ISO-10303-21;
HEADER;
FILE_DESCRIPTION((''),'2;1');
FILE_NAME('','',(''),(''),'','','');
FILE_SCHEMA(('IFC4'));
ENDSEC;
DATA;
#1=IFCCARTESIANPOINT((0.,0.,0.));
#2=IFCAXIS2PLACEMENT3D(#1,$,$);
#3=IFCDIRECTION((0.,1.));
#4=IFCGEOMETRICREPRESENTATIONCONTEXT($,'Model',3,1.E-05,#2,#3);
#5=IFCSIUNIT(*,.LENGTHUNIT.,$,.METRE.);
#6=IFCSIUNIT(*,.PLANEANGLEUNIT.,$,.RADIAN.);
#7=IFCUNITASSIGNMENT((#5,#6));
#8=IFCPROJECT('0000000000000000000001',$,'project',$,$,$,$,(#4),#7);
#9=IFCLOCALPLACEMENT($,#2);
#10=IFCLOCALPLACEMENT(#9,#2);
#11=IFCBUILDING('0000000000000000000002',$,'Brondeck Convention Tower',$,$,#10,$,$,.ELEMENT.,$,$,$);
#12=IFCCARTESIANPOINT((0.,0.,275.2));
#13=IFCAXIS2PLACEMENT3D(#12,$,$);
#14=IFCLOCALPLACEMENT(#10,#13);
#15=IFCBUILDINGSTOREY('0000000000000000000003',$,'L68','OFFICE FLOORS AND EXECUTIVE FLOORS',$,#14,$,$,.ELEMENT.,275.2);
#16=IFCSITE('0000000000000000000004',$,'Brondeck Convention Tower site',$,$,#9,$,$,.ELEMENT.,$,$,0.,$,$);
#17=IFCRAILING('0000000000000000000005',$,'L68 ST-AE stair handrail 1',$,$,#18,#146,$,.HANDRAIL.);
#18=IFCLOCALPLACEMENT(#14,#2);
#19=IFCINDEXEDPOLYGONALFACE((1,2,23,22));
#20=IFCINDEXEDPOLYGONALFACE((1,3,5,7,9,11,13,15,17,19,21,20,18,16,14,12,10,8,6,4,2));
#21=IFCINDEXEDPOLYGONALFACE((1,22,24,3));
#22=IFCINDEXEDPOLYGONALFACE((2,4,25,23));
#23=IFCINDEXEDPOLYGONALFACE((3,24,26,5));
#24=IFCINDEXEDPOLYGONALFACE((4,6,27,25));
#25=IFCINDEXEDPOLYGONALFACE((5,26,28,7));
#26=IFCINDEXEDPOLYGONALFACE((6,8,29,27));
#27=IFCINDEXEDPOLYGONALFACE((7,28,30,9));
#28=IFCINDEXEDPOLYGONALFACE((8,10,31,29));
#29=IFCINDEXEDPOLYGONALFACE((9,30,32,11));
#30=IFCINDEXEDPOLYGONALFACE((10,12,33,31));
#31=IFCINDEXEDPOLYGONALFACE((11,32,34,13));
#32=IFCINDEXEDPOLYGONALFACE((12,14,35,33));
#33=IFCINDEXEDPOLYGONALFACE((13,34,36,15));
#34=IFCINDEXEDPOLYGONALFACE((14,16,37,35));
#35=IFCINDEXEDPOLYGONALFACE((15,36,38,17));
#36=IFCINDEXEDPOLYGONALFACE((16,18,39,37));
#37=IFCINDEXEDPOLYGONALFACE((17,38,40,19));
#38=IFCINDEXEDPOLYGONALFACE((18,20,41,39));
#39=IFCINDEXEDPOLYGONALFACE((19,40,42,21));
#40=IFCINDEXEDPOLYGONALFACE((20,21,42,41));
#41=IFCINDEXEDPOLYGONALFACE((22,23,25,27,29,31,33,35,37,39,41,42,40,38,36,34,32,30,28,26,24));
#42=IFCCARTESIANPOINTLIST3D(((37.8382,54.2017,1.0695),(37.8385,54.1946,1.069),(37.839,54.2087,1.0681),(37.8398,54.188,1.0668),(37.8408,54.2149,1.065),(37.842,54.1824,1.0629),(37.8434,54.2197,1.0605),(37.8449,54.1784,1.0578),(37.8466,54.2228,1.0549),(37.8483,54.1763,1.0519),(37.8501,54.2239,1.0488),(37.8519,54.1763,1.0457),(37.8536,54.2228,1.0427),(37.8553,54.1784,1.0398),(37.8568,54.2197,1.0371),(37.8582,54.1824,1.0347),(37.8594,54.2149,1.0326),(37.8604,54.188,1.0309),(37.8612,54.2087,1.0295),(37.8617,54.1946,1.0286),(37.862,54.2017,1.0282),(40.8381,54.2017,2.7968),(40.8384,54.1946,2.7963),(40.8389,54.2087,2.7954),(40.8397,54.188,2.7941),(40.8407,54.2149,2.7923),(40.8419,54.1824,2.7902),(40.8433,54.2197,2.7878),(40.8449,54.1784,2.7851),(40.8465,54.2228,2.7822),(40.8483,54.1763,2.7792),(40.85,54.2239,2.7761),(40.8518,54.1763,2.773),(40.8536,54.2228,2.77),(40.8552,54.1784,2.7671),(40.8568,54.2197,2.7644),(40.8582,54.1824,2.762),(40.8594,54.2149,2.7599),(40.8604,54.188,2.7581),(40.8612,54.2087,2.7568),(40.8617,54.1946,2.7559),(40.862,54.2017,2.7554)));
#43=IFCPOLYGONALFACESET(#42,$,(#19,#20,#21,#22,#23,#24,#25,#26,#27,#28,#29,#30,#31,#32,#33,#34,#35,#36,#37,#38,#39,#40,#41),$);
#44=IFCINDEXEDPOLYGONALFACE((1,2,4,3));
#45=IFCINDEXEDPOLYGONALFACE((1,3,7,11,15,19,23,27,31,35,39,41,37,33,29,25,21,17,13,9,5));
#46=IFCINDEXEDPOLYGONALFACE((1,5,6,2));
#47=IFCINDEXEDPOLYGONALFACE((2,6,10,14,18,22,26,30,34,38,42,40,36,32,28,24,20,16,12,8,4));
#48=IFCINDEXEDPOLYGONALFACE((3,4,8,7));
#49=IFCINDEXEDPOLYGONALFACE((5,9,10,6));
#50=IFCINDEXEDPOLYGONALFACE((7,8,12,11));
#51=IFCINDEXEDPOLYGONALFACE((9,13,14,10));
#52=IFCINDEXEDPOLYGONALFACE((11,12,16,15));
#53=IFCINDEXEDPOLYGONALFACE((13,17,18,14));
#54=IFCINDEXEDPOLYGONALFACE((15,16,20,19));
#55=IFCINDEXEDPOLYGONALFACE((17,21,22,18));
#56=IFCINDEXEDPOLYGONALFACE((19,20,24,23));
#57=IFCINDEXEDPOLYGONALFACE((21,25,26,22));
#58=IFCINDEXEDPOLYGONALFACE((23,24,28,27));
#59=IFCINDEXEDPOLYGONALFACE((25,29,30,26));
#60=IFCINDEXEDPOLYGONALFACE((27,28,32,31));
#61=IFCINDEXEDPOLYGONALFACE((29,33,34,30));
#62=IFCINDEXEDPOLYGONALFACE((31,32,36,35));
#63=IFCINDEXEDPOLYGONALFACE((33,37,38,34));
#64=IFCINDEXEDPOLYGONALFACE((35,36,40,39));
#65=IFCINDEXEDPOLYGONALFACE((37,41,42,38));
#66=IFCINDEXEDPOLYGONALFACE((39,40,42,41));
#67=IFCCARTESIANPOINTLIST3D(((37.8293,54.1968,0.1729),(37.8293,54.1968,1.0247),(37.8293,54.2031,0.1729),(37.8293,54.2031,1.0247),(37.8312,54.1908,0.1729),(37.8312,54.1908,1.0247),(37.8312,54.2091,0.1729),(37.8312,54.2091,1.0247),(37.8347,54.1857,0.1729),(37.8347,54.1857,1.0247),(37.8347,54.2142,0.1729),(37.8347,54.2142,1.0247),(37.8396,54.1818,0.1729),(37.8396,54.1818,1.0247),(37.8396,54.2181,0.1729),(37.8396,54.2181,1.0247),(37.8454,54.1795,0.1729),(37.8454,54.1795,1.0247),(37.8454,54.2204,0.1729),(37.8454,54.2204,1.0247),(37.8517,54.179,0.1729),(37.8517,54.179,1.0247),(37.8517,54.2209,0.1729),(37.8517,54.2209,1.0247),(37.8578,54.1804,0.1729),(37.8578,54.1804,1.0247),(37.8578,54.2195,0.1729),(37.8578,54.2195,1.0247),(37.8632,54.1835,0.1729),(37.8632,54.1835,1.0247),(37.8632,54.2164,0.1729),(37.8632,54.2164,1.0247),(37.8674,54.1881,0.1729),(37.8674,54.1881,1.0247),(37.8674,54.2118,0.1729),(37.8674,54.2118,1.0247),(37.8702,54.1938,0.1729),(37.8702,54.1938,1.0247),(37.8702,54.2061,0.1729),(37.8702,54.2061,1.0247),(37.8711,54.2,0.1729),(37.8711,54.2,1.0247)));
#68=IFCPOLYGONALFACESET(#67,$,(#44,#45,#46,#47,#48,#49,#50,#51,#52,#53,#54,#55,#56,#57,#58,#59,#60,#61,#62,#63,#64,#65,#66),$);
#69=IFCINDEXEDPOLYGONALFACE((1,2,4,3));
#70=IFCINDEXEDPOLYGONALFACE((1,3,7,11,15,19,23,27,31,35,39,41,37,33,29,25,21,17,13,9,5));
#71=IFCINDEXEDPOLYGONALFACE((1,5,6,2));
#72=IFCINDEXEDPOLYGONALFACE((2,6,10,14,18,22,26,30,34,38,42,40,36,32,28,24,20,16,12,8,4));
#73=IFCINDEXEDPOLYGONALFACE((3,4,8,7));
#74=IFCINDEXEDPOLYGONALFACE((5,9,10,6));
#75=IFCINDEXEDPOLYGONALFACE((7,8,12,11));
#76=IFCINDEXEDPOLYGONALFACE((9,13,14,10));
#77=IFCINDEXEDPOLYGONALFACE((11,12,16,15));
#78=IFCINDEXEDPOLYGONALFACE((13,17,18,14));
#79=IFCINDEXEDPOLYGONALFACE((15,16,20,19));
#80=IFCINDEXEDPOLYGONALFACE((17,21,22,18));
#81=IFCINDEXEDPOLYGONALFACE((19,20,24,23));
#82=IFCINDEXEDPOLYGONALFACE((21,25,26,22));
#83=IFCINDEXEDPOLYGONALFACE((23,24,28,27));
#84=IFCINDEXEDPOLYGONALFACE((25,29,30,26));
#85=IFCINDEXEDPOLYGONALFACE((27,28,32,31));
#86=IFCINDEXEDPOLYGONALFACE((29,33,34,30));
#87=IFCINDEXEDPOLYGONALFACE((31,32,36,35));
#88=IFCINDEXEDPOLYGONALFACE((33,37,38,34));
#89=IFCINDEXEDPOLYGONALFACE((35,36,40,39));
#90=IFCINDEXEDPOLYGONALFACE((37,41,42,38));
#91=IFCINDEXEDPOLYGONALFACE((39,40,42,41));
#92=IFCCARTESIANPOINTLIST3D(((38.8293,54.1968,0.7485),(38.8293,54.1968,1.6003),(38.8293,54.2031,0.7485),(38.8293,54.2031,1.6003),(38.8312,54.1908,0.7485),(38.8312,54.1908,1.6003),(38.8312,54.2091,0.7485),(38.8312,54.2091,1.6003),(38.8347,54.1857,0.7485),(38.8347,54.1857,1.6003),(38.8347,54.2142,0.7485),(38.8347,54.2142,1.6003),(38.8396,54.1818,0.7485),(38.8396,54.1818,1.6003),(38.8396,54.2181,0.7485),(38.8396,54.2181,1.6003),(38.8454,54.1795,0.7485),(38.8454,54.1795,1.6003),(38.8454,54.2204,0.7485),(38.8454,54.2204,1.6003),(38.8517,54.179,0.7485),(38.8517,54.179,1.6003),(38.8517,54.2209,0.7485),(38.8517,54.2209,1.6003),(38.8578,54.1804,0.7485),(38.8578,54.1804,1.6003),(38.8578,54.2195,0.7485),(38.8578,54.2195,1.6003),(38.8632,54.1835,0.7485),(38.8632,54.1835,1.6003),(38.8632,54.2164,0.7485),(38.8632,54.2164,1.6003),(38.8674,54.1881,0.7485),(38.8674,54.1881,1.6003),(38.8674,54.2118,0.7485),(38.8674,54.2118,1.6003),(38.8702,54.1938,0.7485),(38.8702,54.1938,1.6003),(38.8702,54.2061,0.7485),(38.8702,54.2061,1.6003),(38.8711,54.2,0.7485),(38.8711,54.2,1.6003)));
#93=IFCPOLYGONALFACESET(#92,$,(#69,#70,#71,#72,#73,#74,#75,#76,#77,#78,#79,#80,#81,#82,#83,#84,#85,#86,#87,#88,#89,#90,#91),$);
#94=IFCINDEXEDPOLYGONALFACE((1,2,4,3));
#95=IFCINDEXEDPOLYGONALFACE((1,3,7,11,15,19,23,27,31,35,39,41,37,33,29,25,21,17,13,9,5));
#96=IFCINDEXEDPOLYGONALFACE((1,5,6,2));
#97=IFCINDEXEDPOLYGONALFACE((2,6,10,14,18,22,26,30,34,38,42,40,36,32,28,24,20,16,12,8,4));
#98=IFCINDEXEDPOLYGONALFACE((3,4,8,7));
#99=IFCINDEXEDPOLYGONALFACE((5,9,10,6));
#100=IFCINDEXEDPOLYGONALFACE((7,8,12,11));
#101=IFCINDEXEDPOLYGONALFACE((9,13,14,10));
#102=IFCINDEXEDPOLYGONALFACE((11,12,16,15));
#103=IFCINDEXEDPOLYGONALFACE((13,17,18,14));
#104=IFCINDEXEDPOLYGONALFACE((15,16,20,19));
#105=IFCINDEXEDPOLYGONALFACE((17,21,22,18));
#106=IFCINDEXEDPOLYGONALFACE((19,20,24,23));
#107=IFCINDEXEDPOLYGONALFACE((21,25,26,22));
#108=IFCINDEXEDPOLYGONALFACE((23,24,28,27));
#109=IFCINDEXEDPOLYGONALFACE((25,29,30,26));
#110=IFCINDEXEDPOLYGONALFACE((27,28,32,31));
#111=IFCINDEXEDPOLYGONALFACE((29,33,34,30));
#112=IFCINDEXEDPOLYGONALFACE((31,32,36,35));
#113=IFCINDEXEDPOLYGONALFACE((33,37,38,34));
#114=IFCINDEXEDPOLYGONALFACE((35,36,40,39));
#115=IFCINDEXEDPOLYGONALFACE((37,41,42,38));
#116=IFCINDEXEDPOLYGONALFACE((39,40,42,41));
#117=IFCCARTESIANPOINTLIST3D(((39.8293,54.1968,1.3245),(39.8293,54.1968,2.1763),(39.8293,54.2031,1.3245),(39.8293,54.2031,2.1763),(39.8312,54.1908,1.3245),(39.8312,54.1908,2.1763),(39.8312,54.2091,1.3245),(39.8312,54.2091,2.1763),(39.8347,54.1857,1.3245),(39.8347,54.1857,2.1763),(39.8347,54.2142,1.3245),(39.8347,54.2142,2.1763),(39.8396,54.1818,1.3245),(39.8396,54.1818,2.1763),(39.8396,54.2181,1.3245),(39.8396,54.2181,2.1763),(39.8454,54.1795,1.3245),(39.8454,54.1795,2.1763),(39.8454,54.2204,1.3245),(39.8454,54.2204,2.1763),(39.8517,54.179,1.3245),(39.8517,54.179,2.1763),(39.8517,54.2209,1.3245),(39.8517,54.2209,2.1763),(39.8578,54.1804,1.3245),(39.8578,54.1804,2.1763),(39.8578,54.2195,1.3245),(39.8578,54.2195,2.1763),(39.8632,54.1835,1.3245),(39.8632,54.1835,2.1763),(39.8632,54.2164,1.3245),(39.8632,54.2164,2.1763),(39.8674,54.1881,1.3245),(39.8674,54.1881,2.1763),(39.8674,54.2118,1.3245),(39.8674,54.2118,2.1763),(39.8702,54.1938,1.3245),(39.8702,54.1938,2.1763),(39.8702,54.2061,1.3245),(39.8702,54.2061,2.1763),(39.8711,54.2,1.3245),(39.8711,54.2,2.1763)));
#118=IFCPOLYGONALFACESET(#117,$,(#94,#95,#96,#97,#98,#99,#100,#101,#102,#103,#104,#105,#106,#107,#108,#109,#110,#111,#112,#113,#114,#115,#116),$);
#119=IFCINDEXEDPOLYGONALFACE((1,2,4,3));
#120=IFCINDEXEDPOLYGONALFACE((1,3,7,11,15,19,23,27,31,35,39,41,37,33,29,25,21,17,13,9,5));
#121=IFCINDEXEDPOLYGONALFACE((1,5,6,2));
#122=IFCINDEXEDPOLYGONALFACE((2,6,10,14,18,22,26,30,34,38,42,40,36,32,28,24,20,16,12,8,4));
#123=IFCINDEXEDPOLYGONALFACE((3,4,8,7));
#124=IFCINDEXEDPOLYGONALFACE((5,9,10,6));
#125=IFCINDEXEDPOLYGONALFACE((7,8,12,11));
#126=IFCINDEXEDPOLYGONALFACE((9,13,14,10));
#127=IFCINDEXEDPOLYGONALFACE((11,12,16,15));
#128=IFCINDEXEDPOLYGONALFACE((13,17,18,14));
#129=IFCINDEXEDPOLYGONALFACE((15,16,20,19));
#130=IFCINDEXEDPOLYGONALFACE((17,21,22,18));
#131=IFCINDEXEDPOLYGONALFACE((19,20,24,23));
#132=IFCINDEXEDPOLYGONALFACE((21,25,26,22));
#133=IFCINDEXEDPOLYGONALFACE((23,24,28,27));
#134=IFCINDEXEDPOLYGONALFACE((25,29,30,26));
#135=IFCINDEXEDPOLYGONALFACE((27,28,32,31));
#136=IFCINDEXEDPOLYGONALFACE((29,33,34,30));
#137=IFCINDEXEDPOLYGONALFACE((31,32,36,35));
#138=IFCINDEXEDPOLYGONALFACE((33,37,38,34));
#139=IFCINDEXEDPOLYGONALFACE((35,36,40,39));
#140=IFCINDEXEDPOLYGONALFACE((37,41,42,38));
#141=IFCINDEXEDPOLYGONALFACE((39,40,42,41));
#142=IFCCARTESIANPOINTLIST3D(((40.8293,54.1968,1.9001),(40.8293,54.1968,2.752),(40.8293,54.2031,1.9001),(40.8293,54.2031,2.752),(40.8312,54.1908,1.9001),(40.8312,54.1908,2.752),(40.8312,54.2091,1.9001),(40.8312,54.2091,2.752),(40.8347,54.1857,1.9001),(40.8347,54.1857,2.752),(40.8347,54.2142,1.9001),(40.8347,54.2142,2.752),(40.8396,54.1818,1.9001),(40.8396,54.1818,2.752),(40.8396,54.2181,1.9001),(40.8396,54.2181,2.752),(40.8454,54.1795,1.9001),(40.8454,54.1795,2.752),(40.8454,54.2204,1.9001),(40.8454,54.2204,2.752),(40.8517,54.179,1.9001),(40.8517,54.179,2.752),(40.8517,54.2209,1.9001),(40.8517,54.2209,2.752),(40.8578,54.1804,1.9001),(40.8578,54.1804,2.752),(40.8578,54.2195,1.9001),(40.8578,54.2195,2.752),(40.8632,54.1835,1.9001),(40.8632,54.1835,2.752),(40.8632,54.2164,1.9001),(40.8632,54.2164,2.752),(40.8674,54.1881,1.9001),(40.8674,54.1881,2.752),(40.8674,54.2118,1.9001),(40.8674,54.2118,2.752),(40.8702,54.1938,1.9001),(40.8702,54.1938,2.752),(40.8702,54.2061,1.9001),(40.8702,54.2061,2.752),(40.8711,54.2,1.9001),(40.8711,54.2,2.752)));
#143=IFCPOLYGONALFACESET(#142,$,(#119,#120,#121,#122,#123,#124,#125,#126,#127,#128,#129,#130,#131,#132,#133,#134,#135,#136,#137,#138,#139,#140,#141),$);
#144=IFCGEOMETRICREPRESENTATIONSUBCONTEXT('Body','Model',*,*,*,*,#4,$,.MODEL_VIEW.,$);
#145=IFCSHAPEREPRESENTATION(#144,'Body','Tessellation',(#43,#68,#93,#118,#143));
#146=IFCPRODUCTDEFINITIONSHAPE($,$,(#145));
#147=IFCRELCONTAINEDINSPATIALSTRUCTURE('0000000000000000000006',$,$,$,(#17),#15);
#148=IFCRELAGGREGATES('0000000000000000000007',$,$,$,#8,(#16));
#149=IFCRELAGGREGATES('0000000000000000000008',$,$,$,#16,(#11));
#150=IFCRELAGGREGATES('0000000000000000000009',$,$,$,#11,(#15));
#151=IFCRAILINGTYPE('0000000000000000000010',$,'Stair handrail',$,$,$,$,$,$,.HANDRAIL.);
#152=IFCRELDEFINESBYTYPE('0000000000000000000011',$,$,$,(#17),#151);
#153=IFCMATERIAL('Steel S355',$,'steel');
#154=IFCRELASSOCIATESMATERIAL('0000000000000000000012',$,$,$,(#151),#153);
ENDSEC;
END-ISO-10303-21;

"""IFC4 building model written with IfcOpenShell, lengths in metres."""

from ifc_helpers import new_model, si_unit, direction, frame, origin, origin_2d, place, context, subcontext, project, spatial, circle, extrude, material, type_object, element, save


model = new_model("IFC4")

# Units and contexts
model_context = context("Model", 3, precision=1e-05, world=origin(), true_north=direction((0.0, 1.0)))
body_context = subcontext(model_context, "Body", "Model", "MODEL_VIEW")
ifc_project = project(units=[si_unit("LENGTHUNIT", "METRE"), si_unit("PLANEANGLEUNIT", "RADIAN")], contexts=[model_context])

# Site, building, storey
site_placement = place(None, origin())
site = spatial("IfcSite", under=ifc_project, at=site_placement, Name="Brondeck Convention Tower site", CompositionType="ELEMENT", RefElevation=0.0)
building_placement = place(site_placement, origin())
building = spatial("IfcBuilding", under=site, at=building_placement, Name="Brondeck Convention Tower", CompositionType="ELEMENT")
storey_placement = place(building_placement, frame((0.0, 0.0, 275.2)))
storey = spatial("IfcBuildingStorey", under=building, at=storey_placement, Name="L68", Description="OFFICE FLOORS AND EXECUTIVE FLOORS", CompositionType="ELEMENT", Elevation=275.2)

# Railing
ifc_material_1 = material(Name="Steel S355", Category="steel")
railing_type_1 = type_object("IfcRailingType", Name="Stair handrail", PredefinedType="HANDRAIL", material=ifc_material_1)
railing_1_placement = place(storey_placement, frame((37.8501, 54.2, 0.1729)))
element("IfcRailing", 1, at=railing_1_placement, inside=storey, type_object=railing_type_1, Name="L68 ST-AE stair handrail 1", PredefinedType="HANDRAIL", context=body_context, shape_type="SweptSolid", body=[
    extrude(circle(Radius=0.0239, at=origin_2d()), frame((0.0, 0.0, 0.876), z_axis=(0.86662, 0.0, 0.498969), x_axis=(0.0, 1.0, 0.0)), (0.0, 0.0, 1.0), 3.4617),
    extrude(circle(Radius=0.021, at=origin_2d()), origin(), (0.0, 0.0, 1.0), 0.8518),
    extrude(circle(Radius=0.021, at=origin_2d()), frame((1.0, 0.0, 0.5757)), (0.0, 0.0, 1.0), 0.8518),
    extrude(circle(Radius=0.021, at=origin_2d()), frame((2.0, 0.0, 1.1516)), (0.0, 0.0, 1.0), 0.8518),
    extrude(circle(Radius=0.021, at=origin_2d()), frame((3.0, 0.0, 1.7273)), (0.0, 0.0, 1.0), 0.8518),
])

save(model, "model.ifc")
